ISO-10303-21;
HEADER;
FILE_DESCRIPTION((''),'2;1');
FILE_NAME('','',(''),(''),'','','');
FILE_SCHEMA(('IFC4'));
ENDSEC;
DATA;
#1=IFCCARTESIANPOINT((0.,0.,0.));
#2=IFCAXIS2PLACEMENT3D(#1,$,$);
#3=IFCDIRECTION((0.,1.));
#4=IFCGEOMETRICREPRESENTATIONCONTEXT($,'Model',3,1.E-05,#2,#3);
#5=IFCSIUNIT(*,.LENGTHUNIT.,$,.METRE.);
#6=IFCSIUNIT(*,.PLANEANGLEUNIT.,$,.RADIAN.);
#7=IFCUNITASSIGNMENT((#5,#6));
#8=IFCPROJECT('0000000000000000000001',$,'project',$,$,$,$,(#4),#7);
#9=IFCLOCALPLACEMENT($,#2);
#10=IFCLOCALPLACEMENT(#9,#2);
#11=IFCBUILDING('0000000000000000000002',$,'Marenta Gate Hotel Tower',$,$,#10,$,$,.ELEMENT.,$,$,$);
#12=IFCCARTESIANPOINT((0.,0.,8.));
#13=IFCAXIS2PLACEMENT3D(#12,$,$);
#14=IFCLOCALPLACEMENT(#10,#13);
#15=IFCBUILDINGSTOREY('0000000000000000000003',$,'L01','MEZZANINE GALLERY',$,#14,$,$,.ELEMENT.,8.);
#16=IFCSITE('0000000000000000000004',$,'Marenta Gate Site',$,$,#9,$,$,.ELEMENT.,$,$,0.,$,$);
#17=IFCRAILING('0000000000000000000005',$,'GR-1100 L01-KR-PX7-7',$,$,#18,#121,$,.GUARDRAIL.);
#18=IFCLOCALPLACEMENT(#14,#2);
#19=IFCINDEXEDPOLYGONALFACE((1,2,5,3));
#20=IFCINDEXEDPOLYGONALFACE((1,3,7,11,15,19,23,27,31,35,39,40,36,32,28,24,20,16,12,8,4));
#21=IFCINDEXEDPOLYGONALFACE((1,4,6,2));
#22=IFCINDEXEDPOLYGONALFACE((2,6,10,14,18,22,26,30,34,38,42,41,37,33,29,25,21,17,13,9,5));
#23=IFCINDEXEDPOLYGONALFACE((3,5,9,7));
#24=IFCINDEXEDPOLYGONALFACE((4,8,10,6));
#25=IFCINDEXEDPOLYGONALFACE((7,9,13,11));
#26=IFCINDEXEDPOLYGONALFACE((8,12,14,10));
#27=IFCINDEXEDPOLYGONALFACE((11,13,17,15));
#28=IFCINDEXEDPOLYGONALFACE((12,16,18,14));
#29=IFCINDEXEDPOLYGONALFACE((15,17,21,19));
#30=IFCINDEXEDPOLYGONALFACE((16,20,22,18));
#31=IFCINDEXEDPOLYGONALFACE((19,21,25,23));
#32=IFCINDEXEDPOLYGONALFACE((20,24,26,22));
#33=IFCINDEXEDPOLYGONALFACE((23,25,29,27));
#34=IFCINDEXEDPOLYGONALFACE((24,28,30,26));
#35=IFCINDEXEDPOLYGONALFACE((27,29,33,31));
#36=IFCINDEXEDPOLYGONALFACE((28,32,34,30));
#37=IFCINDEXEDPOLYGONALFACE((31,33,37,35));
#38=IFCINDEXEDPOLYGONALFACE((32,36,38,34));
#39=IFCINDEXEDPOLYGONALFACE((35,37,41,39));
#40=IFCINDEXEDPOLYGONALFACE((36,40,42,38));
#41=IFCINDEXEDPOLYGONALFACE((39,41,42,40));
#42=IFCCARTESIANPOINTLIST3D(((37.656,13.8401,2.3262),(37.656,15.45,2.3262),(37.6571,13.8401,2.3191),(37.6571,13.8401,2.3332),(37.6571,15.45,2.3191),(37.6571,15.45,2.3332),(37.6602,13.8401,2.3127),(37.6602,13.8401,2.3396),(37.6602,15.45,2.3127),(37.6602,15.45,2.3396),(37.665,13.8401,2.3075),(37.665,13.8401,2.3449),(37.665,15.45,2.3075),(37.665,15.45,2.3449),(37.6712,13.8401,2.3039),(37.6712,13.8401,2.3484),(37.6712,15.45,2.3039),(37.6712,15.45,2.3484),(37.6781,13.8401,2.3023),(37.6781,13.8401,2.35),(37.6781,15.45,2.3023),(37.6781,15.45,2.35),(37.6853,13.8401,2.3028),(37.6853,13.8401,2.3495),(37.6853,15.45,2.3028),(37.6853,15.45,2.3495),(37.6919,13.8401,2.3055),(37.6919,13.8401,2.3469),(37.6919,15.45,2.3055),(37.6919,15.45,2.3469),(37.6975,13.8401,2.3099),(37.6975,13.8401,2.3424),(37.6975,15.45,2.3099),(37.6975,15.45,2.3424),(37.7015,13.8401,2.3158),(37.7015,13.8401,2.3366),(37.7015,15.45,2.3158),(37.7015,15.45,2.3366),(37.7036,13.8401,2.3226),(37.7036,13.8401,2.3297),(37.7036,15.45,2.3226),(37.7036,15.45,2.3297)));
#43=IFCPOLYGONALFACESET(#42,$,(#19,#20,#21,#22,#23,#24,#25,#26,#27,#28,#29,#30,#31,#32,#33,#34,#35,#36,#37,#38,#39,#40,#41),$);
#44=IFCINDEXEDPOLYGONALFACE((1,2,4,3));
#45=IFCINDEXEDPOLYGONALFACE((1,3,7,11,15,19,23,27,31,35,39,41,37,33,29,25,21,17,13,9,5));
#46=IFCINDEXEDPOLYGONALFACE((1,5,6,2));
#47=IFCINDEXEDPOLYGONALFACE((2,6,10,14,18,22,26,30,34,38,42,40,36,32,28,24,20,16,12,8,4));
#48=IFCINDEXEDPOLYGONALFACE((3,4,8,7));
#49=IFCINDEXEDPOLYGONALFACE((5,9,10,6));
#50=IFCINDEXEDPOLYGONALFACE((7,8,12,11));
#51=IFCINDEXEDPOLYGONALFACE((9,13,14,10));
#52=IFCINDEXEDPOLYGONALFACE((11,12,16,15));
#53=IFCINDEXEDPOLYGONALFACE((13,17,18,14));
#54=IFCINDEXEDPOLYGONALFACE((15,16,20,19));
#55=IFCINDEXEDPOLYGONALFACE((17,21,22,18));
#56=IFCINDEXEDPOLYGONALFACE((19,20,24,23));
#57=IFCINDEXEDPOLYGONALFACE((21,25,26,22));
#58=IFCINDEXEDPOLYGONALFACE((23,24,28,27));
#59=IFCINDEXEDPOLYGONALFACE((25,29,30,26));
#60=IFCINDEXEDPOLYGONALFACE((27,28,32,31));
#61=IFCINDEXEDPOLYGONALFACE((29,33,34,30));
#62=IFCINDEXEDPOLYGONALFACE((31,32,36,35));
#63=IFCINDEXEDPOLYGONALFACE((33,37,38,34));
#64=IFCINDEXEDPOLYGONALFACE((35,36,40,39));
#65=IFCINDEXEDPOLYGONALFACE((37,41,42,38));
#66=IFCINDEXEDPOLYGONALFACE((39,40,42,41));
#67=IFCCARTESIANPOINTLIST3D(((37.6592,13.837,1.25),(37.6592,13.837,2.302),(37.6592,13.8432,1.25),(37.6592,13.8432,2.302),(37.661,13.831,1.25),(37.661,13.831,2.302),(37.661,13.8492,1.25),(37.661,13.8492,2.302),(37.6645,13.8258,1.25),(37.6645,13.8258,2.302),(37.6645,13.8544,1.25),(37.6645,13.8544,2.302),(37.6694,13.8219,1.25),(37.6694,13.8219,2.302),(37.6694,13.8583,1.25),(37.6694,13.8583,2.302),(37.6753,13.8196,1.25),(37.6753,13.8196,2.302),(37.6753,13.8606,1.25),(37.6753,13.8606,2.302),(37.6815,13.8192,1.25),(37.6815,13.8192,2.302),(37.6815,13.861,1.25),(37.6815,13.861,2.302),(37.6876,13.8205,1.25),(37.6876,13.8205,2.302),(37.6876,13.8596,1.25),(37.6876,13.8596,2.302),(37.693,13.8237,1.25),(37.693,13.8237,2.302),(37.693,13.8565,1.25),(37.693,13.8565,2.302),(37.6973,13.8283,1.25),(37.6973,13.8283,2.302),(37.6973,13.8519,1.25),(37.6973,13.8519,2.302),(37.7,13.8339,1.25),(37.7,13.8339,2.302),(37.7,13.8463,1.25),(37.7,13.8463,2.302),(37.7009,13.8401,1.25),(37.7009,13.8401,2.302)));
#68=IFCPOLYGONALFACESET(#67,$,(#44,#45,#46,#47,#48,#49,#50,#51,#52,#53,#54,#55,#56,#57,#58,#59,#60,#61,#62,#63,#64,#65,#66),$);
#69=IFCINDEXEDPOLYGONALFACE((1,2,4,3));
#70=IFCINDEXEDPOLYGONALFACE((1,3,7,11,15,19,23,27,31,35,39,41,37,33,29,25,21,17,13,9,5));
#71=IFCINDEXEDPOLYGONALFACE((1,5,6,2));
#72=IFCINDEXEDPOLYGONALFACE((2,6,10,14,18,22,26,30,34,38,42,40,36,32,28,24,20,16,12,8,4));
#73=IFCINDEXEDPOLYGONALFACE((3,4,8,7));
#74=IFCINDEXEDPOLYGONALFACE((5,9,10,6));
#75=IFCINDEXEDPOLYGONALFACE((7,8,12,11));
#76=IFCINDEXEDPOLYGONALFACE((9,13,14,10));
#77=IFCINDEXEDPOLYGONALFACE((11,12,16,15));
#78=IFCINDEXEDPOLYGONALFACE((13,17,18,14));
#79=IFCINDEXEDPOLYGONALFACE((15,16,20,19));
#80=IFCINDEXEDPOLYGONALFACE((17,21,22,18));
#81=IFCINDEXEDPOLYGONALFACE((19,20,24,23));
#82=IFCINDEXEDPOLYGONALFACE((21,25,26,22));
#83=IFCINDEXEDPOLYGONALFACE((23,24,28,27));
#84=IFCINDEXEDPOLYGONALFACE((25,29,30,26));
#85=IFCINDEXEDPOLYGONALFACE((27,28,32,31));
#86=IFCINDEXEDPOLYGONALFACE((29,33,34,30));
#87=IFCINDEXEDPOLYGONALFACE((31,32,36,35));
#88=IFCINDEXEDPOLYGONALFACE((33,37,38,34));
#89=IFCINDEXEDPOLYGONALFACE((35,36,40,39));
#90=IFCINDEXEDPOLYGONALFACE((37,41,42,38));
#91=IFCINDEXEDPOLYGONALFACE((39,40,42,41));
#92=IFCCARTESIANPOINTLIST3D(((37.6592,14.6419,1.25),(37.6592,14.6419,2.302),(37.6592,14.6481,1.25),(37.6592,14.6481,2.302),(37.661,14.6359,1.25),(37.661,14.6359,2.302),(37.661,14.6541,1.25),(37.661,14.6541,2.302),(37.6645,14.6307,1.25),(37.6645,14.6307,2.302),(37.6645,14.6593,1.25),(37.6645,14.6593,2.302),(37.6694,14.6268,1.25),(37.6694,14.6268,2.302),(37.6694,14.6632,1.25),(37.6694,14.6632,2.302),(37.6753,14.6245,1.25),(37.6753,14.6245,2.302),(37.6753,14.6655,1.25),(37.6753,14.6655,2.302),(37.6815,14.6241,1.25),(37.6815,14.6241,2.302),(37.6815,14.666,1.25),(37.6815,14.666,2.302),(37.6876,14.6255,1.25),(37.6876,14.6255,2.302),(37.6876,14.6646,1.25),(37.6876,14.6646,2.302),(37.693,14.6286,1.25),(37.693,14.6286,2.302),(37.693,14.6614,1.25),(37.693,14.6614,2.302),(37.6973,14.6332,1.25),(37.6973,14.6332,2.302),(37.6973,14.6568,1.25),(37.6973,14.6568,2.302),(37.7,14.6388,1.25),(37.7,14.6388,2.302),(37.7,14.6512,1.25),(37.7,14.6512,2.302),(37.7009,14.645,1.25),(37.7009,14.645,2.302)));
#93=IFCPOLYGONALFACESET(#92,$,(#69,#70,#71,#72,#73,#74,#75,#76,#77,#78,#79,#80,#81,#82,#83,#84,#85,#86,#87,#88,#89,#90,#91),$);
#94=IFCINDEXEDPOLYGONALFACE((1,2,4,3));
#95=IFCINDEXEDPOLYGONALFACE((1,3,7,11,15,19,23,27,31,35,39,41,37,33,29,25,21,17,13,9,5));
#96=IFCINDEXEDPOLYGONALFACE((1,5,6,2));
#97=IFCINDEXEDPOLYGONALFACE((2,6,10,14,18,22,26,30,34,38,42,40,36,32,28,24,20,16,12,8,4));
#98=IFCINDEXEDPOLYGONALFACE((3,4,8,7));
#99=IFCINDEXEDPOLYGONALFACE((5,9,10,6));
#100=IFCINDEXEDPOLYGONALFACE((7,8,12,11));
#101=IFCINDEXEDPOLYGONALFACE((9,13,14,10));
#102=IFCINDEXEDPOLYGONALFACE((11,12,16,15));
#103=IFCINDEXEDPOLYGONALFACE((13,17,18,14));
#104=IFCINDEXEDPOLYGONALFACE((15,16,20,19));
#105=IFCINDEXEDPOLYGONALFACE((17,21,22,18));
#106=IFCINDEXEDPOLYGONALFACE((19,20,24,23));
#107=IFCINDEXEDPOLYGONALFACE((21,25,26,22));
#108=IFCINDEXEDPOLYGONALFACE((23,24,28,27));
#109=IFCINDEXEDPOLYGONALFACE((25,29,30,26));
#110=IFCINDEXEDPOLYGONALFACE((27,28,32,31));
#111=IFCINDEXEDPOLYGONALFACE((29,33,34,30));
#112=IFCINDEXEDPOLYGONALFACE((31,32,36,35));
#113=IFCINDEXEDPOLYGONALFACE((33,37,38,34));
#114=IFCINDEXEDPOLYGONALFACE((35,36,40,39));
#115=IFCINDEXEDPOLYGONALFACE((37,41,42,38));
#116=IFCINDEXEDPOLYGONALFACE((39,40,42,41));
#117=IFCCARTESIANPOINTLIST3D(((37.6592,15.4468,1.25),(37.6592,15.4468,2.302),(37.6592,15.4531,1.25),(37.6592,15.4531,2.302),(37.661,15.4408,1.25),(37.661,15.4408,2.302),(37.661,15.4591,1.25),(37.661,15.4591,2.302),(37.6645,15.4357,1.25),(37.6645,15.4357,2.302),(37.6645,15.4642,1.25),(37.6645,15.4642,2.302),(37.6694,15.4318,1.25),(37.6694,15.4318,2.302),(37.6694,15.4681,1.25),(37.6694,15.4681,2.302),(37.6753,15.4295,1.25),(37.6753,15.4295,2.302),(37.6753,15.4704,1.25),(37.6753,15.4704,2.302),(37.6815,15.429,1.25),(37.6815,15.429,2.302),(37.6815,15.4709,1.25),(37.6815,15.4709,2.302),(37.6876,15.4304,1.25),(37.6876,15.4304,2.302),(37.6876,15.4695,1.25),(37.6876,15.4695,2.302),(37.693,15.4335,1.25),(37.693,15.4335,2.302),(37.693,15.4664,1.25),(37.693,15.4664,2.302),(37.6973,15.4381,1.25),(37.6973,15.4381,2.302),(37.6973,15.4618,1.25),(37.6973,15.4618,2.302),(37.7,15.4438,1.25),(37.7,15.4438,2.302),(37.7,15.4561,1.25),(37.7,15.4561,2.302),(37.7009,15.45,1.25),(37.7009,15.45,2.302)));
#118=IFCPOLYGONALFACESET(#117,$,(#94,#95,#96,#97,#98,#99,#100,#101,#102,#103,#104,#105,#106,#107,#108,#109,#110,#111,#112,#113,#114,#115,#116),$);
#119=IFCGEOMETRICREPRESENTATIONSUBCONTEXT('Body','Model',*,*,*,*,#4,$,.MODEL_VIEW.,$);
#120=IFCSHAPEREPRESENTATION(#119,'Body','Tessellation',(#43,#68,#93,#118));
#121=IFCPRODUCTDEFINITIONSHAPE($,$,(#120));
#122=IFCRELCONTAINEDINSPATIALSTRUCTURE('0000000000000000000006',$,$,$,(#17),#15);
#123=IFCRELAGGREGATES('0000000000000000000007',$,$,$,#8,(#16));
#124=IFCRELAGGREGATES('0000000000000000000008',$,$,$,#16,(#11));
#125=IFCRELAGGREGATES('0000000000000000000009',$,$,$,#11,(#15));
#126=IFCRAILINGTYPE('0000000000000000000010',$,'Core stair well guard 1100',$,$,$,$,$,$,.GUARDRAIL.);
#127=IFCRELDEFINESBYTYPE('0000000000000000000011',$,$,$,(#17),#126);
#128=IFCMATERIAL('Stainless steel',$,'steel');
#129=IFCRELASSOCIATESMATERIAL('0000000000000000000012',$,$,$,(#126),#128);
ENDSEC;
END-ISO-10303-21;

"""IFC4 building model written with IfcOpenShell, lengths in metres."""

from ifc_helpers import new_model, si_unit, direction, frame, origin, origin_2d, place, context, subcontext, project, spatial, circle, extrude, material, type_object, element, save


model = new_model("IFC4")

# Units and contexts
model_context = context("Model", 3, precision=1e-05, world=origin(), true_north=direction((0.0, 1.0)))
body_context = subcontext(model_context, "Body", "Model", "MODEL_VIEW")
ifc_project = project(units=[si_unit("LENGTHUNIT", "METRE"), si_unit("PLANEANGLEUNIT", "RADIAN")], contexts=[model_context])

# Site, building, storey
site_placement = place(None, origin())
site = spatial("IfcSite", under=ifc_project, at=site_placement, Name="Marenta Gate Site", CompositionType="ELEMENT", RefElevation=0.0)
building_placement = place(site_placement, origin())
building = spatial("IfcBuilding", under=site, at=building_placement, Name="Marenta Gate Hotel Tower", CompositionType="ELEMENT")
storey_placement = place(building_placement, frame((0.0, 0.0, 8.0)))
storey = spatial("IfcBuildingStorey", under=building, at=storey_placement, Name="L01", Description="MEZZANINE GALLERY", CompositionType="ELEMENT", Elevation=8.0)

# Railing
ifc_material_1 = material(Name="Stainless steel", Category="steel")
railing_type_1 = type_object("IfcRailingType", Name="Core stair well guard 1100", PredefinedType="GUARDRAIL", material=ifc_material_1)
railing_1_placement = place(storey_placement, frame((37.6799, 13.8401, 1.25)))
element("IfcRailing", 1, at=railing_1_placement, inside=storey, type_object=railing_type_1, Name="GR-1100 L01-KR-PX7-7", PredefinedType="GUARDRAIL", context=body_context, shape_type="SweptSolid", body=[
    extrude(circle(Radius=0.0239, at=origin_2d()), frame((0.0, 0.0, 1.0762), z_axis=(0.0, 1.0, 0.0), x_axis=(-1.0, 0.0, 0.0)), (0.0, 0.0, 1.0), 1.6099),
    extrude(circle(Radius=0.021, at=origin_2d()), origin(), (0.0, 0.0, 1.0), 1.052),
    extrude(circle(Radius=0.021, at=origin_2d()), frame((0.0, 0.8049, 0.0)), (0.0, 0.0, 1.0), 1.052),
    extrude(circle(Radius=0.021, at=origin_2d()), frame((0.0, 1.6099, 0.0)), (0.0, 0.0, 1.0), 1.052),
])

save(model, "model.ifc")
